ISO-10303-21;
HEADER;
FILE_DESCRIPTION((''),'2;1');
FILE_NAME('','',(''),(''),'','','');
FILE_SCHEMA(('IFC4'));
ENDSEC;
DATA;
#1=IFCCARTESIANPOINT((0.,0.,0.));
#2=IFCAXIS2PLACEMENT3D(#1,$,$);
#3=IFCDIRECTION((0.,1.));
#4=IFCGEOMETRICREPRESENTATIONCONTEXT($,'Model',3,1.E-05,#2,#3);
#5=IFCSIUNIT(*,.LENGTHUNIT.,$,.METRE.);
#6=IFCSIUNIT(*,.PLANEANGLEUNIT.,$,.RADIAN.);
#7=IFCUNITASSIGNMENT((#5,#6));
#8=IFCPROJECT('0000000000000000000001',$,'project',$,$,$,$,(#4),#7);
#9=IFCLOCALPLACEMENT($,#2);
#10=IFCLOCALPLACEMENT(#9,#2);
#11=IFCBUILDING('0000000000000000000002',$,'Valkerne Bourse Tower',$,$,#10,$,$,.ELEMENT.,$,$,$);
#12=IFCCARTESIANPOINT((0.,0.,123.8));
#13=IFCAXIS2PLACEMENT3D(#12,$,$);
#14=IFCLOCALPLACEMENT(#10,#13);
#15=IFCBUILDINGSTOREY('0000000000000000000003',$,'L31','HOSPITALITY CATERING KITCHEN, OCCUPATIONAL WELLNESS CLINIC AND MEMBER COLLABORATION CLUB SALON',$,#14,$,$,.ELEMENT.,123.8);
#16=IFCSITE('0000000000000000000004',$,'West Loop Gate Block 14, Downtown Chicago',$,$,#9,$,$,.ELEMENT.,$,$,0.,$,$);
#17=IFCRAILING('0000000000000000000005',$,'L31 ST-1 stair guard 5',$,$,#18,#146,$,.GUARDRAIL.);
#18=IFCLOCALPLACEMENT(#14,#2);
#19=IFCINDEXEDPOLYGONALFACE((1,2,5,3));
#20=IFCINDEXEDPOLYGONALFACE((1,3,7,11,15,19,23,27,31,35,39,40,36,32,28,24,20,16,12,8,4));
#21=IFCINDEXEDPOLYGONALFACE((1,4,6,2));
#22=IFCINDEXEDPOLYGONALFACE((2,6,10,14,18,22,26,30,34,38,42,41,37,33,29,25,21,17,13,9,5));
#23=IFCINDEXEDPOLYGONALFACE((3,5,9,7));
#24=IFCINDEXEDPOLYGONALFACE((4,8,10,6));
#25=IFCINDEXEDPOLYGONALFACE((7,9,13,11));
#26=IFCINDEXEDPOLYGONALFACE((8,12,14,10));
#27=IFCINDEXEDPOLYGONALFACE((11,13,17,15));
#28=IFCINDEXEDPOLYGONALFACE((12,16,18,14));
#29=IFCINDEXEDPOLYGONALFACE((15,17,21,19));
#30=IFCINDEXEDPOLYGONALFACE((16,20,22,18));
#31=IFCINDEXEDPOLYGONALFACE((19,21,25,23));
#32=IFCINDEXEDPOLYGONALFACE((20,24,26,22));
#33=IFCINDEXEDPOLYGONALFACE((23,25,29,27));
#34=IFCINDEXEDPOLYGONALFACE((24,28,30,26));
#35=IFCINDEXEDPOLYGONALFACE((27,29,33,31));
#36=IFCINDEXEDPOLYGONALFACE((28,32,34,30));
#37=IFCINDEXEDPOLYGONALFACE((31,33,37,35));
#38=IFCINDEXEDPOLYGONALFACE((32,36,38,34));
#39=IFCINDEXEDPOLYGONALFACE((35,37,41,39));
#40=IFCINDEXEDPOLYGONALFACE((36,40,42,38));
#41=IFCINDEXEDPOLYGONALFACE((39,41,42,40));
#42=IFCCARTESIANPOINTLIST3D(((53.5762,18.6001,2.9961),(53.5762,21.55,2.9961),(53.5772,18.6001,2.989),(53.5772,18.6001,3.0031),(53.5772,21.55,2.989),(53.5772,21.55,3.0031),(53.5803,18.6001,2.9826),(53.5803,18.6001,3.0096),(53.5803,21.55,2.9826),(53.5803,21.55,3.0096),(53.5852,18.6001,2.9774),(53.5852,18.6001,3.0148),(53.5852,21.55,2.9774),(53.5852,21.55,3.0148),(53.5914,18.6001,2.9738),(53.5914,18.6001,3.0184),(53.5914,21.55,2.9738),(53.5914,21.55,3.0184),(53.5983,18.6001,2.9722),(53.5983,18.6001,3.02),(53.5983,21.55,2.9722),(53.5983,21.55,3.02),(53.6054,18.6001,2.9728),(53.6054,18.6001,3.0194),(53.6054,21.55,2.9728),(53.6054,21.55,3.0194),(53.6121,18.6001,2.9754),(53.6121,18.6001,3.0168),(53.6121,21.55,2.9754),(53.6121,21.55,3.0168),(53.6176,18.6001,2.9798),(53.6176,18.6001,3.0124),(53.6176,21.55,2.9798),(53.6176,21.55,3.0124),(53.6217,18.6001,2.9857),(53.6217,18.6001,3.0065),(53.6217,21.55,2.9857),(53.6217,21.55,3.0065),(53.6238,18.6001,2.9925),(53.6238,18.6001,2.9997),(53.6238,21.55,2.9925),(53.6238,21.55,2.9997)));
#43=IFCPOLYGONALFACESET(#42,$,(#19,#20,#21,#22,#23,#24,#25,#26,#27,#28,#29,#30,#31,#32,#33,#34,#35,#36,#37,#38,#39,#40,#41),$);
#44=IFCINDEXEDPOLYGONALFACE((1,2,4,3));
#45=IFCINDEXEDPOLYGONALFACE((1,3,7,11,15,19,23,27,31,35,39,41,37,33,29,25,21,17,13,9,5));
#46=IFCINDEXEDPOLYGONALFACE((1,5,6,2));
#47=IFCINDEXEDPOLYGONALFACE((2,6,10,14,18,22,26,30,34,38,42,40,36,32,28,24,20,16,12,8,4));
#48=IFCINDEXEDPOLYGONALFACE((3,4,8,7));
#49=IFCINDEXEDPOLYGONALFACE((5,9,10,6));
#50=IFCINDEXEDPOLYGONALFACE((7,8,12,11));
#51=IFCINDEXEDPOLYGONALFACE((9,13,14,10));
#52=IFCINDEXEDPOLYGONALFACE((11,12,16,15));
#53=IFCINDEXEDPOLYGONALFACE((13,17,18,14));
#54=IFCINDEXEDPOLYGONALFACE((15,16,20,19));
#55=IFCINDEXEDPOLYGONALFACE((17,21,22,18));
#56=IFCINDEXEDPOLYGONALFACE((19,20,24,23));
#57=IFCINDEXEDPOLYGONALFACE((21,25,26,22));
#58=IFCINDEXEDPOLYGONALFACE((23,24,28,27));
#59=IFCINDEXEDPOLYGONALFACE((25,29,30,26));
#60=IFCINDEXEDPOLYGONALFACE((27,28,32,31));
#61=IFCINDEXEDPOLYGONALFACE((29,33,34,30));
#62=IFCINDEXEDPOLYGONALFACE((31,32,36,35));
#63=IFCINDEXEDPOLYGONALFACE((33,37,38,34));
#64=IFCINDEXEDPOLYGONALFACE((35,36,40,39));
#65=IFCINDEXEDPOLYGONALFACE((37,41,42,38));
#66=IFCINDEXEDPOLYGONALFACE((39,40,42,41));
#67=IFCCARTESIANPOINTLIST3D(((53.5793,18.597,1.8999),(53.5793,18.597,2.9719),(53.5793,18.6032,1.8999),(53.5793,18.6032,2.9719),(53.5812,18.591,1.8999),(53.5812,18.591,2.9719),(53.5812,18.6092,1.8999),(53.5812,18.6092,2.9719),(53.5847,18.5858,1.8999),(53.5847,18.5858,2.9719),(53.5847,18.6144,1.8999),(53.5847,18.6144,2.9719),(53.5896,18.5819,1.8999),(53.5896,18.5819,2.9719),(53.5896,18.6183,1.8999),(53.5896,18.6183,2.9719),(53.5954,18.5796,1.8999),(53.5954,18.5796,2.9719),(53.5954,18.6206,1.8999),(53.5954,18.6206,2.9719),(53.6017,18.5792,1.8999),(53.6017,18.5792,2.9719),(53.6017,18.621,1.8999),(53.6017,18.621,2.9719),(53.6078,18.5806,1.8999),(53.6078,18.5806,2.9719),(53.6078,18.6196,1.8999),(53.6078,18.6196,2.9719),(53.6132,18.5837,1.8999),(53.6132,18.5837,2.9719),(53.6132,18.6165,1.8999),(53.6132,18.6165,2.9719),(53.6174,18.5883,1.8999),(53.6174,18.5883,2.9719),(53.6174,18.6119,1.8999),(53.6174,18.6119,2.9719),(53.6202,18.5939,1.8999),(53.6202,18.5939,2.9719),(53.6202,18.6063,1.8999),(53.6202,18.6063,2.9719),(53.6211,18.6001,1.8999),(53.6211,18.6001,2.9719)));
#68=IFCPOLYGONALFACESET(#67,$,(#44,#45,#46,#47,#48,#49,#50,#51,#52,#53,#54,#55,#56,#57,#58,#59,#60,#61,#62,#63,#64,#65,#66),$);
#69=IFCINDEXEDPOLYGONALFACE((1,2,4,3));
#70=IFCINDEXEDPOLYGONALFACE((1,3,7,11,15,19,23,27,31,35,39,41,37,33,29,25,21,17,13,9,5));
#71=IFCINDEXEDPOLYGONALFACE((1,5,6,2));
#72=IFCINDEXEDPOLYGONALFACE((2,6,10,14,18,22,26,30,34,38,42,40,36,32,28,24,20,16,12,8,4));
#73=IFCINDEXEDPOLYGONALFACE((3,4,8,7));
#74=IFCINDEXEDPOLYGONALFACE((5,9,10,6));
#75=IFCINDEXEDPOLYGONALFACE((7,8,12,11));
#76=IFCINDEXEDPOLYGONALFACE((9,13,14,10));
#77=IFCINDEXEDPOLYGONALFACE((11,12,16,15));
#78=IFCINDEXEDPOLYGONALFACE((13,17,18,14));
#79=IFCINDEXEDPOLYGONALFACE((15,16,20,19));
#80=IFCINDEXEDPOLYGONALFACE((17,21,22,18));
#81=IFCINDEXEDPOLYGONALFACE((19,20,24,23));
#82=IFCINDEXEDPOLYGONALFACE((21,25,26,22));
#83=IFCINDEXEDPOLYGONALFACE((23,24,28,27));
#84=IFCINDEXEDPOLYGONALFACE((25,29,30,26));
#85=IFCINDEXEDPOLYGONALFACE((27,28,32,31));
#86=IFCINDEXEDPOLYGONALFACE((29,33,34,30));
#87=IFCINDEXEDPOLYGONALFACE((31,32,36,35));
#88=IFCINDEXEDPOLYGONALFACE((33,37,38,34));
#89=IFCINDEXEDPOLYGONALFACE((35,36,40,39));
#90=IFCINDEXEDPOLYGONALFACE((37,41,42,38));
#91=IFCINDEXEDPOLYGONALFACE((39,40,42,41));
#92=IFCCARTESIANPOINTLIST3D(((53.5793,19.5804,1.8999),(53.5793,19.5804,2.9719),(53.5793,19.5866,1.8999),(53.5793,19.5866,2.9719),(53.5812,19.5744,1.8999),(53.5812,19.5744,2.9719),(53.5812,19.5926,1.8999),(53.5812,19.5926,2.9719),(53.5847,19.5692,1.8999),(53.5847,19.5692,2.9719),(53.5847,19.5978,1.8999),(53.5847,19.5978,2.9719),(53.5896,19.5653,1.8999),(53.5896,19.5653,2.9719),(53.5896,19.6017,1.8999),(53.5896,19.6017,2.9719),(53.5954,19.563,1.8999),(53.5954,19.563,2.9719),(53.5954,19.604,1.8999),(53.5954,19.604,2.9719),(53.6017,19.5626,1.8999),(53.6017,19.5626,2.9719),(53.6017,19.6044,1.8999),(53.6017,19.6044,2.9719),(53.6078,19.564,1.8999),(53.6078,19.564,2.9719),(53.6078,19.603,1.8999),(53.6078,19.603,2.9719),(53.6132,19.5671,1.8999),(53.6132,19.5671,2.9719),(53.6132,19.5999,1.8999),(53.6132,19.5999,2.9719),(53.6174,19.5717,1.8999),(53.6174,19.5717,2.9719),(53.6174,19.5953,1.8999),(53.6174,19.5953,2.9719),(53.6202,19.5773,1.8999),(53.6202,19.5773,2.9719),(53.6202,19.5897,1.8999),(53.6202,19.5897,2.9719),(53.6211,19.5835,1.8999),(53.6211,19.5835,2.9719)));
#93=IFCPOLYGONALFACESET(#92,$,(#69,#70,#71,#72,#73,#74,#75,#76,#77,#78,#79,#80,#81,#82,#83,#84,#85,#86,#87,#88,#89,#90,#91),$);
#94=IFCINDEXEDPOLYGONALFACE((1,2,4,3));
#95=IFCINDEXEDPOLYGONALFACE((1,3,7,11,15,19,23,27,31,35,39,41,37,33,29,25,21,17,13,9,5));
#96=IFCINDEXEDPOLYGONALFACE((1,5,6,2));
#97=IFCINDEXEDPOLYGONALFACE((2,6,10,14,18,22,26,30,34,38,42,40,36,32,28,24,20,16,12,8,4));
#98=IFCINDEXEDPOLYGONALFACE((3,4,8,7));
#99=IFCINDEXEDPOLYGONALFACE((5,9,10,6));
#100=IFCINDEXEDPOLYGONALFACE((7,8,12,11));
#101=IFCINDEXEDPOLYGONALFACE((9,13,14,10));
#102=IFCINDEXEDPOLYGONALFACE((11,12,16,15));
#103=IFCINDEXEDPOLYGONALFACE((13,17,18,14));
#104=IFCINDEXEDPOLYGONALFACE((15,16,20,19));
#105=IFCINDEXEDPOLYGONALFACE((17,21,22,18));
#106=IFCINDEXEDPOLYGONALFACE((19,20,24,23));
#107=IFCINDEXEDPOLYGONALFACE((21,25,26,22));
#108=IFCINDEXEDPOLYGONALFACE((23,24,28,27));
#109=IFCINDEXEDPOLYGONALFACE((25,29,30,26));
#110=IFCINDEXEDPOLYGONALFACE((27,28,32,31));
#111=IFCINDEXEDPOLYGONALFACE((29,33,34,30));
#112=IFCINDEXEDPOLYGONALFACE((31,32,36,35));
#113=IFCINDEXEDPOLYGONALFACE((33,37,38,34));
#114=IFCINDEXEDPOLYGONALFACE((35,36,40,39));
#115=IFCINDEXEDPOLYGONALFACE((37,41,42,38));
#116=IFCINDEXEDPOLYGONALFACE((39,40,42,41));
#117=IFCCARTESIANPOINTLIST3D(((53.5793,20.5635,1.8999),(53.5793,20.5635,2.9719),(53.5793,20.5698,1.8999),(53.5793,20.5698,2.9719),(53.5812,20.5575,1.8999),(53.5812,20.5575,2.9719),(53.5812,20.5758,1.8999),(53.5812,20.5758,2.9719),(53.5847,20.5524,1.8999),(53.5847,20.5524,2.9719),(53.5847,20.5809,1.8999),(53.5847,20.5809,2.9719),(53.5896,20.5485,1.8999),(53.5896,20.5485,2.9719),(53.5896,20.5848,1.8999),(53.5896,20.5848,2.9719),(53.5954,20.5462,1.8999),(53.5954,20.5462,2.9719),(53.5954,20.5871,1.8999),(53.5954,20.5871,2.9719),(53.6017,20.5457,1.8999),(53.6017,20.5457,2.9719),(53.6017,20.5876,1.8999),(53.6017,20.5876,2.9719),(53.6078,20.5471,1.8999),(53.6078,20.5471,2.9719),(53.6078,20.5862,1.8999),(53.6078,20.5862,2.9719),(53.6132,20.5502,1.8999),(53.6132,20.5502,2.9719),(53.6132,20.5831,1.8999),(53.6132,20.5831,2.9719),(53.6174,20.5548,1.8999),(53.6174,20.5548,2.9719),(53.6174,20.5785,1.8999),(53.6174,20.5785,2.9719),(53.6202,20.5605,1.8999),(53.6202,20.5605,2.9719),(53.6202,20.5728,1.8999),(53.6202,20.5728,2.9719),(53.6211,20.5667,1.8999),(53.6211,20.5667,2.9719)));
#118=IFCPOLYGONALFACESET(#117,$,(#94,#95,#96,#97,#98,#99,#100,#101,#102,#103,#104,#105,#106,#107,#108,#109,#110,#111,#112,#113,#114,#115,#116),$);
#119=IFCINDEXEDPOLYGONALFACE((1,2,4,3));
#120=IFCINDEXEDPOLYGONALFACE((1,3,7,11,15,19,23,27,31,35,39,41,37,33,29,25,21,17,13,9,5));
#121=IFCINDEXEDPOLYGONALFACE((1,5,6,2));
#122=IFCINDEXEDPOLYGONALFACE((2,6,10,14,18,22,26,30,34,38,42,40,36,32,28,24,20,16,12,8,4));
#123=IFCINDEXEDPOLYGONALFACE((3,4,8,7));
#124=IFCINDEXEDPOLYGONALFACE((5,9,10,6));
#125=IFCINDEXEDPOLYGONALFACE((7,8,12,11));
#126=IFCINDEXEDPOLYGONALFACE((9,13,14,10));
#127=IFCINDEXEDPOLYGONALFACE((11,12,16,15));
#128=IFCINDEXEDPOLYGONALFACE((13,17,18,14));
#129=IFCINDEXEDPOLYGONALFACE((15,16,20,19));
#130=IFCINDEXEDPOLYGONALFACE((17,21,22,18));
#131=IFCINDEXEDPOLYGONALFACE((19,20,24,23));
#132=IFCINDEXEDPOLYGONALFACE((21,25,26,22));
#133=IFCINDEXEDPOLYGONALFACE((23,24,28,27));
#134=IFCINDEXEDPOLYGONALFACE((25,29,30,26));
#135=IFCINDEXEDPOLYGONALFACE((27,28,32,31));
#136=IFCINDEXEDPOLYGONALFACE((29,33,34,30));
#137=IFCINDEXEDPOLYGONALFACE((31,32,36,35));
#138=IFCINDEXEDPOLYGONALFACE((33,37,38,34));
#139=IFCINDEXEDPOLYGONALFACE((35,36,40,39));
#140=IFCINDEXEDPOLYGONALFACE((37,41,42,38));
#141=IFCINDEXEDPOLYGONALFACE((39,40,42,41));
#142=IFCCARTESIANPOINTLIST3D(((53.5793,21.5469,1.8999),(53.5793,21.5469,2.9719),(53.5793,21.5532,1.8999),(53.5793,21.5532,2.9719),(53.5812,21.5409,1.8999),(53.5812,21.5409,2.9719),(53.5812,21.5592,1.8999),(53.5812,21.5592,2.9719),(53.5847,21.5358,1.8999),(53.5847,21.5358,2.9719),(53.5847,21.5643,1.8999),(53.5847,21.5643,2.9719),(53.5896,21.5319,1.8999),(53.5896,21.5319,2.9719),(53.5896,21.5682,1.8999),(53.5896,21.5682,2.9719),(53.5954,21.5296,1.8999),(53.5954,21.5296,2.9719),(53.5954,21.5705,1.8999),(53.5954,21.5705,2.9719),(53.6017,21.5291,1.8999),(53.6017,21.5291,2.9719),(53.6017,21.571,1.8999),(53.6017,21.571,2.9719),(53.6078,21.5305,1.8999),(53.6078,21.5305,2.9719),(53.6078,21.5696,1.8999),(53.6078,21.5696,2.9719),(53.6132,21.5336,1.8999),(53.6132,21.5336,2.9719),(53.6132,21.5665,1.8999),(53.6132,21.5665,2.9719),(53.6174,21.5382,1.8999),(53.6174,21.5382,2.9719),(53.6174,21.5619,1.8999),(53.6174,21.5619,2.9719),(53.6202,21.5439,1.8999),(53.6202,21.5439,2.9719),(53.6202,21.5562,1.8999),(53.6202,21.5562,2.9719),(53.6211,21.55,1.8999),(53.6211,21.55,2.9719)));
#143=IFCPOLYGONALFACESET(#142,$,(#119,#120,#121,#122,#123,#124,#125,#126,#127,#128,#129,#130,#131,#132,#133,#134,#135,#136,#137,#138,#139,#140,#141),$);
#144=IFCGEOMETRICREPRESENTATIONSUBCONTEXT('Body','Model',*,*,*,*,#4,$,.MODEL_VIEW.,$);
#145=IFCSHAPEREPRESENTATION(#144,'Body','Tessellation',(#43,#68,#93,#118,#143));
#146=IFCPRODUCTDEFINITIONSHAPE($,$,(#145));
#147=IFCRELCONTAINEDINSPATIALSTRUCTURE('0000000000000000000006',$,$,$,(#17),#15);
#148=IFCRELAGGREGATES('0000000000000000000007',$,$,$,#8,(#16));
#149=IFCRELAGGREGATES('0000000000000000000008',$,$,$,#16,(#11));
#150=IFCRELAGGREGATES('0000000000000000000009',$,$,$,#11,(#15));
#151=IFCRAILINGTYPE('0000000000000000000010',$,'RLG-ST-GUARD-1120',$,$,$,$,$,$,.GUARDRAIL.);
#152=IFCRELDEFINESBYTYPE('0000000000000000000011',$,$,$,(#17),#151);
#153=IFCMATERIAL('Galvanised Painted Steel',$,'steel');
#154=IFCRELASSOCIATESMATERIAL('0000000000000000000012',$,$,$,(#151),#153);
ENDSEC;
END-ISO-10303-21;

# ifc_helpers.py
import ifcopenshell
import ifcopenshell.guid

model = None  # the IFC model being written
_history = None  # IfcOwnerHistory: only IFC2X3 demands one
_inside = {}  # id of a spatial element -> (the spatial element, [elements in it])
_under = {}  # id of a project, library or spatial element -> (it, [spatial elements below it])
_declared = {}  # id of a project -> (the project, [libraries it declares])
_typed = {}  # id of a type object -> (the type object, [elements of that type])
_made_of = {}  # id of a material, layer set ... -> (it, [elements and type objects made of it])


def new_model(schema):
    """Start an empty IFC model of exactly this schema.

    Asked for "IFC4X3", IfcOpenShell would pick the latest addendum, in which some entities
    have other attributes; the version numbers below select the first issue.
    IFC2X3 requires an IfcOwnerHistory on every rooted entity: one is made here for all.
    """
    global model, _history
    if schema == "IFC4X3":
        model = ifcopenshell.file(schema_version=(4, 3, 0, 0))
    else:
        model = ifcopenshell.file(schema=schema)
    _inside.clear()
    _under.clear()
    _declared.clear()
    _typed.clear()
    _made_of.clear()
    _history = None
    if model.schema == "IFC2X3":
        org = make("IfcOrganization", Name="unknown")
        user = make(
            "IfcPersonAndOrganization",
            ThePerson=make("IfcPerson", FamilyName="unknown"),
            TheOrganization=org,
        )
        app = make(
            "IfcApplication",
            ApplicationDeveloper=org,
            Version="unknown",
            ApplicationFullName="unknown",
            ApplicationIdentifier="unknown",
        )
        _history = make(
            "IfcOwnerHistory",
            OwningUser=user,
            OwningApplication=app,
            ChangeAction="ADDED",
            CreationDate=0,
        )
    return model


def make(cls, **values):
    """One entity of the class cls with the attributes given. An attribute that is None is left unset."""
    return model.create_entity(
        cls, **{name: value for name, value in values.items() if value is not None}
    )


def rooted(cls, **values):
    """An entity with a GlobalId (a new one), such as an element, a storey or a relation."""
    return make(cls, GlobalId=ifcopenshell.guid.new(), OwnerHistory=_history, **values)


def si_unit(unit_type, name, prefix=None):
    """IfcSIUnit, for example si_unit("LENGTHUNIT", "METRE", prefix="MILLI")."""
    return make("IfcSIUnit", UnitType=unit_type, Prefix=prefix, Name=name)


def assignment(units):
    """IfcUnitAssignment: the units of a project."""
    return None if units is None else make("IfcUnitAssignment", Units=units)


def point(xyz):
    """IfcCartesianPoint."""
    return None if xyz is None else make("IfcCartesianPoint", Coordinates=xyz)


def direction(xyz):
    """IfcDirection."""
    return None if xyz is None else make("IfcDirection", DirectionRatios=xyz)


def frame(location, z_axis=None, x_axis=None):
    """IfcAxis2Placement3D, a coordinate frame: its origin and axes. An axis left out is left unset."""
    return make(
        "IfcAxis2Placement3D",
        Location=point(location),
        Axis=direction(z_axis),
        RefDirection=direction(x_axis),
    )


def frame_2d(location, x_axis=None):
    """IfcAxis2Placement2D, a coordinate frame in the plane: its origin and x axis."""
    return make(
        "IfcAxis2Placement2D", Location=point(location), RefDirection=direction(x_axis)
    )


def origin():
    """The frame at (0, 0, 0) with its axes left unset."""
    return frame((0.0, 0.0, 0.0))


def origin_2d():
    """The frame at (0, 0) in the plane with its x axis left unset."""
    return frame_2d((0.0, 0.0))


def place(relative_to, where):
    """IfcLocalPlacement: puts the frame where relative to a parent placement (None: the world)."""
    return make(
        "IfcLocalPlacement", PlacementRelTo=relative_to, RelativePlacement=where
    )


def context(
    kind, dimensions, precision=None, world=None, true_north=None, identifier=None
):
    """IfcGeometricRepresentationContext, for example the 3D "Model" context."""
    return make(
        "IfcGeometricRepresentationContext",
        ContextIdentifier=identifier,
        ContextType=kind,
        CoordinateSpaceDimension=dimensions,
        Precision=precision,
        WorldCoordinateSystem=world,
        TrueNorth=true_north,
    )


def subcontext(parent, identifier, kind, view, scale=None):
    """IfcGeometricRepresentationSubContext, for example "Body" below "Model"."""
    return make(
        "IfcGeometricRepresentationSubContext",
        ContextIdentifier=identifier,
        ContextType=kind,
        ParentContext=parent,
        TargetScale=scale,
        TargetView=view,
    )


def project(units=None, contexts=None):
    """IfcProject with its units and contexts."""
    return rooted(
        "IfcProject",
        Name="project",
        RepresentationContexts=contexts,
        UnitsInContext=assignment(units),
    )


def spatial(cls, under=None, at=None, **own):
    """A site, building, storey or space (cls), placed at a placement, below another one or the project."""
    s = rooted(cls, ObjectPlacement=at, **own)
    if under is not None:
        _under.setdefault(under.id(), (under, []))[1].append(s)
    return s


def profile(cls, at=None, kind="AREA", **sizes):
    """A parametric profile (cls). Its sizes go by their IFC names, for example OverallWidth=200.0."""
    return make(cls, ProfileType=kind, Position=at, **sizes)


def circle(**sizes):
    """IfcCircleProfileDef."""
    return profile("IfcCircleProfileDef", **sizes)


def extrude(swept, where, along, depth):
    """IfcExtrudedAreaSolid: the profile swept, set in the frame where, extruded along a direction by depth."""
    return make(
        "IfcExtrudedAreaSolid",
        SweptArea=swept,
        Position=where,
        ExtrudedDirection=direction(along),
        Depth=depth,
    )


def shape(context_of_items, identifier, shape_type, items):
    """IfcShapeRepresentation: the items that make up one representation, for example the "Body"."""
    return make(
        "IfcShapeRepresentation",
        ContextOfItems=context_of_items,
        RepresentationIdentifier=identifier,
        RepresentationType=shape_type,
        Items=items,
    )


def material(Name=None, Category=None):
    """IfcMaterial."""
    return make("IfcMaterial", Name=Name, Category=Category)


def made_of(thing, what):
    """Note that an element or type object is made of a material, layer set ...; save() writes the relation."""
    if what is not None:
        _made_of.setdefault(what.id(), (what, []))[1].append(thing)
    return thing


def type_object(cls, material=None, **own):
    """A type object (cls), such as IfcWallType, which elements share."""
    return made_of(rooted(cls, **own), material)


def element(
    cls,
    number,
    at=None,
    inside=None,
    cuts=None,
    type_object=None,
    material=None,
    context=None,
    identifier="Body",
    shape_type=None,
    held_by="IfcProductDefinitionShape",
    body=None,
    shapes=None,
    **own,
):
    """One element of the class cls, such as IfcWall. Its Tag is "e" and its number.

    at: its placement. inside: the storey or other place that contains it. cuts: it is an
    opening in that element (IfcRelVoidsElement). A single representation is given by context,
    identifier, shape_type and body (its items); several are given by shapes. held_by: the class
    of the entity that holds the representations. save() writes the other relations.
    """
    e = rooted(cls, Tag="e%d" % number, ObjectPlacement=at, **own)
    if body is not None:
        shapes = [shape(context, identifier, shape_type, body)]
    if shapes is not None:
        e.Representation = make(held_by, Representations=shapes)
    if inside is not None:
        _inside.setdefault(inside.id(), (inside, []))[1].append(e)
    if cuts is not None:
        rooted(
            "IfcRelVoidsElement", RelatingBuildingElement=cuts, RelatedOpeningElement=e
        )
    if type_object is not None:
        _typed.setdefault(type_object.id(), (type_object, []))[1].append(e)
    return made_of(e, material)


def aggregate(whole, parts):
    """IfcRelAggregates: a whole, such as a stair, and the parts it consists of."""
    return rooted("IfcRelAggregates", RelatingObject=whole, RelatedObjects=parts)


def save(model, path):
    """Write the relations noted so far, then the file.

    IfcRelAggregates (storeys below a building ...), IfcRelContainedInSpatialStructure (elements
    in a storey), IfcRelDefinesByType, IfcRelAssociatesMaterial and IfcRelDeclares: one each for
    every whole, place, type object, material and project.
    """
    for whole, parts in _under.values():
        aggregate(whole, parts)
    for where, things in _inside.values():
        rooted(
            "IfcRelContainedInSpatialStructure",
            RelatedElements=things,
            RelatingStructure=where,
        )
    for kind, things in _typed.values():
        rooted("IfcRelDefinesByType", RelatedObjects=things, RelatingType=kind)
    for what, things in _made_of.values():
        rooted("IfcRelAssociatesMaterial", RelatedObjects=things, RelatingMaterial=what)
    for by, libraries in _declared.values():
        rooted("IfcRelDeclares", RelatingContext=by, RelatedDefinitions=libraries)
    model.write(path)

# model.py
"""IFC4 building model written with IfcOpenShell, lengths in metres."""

from ifc_helpers import new_model, si_unit, direction, frame, origin, origin_2d, place, context, subcontext, project, spatial, circle, extrude, material, type_object, element, save


model = new_model("IFC4")

# Units and contexts
model_context = context("Model", 3, precision=1e-05, world=origin(), true_north=direction((0.0, 1.0)))
body_context = subcontext(model_context, "Body", "Model", "MODEL_VIEW")
ifc_project = project(units=[si_unit("LENGTHUNIT", "METRE"), si_unit("PLANEANGLEUNIT", "RADIAN")], contexts=[model_context])

# Site, building, storey
site_placement = place(None, origin())
site = spatial("IfcSite", under=ifc_project, at=site_placement, Name="West Loop Gate Block 14, Downtown Chicago", CompositionType="ELEMENT", RefElevation=0.0)
building_placement = place(site_placement, origin())
building = spatial("IfcBuilding", under=site, at=building_placement, Name="Valkerne Bourse Tower", CompositionType="ELEMENT")
storey_placement = place(building_placement, frame((0.0, 0.0, 123.8)))
storey = spatial("IfcBuildingStorey", under=building, at=storey_placement, Name="L31", Description="HOSPITALITY CATERING KITCHEN, OCCUPATIONAL WELLNESS CLINIC AND MEMBER COLLABORATION CLUB SALON", CompositionType="ELEMENT", Elevation=123.8)

# Shared definitions
ifc_material_1 = material(Name="Galvanised Painted Steel", Category="steel")

# Railing
railing_type = type_object("IfcRailingType", Name="RLG-ST-GUARD-1120", PredefinedType="GUARDRAIL", material=ifc_material_1)
railing_placement = place(storey_placement, frame((53.6001, 18.6001, 1.8999)))
element("IfcRailing", 1, at=railing_placement, inside=storey, type_object=railing_type, Name="L31 ST-1 stair guard 5", PredefinedType="GUARDRAIL", context=body_context, shape_type="SweptSolid", body=[
    extrude(circle(Radius=0.0239, at=origin_2d()), frame((0.0, 0.0, 1.0962), z_axis=(0.0, 1.0, 0.0), x_axis=(-1.0, 0.0, 0.0)), (0.0, 0.0, 1.0), 2.95),
    extrude(circle(Radius=0.021, at=origin_2d()), origin(), (0.0, 0.0, 1.0), 1.072),
    extrude(circle(Radius=0.021, at=origin_2d()), frame((0.0, 0.9834, 0.0)), (0.0, 0.0, 1.0), 1.072),
    extrude(circle(Radius=0.021, at=origin_2d()), frame((0.0, 1.9666, 0.0)), (0.0, 0.0, 1.0), 1.072),
    extrude(circle(Radius=0.021, at=origin_2d()), frame((0.0, 2.95, 0.0)), (0.0, 0.0, 1.0), 1.072),
])

save(model, "model.ifc")
